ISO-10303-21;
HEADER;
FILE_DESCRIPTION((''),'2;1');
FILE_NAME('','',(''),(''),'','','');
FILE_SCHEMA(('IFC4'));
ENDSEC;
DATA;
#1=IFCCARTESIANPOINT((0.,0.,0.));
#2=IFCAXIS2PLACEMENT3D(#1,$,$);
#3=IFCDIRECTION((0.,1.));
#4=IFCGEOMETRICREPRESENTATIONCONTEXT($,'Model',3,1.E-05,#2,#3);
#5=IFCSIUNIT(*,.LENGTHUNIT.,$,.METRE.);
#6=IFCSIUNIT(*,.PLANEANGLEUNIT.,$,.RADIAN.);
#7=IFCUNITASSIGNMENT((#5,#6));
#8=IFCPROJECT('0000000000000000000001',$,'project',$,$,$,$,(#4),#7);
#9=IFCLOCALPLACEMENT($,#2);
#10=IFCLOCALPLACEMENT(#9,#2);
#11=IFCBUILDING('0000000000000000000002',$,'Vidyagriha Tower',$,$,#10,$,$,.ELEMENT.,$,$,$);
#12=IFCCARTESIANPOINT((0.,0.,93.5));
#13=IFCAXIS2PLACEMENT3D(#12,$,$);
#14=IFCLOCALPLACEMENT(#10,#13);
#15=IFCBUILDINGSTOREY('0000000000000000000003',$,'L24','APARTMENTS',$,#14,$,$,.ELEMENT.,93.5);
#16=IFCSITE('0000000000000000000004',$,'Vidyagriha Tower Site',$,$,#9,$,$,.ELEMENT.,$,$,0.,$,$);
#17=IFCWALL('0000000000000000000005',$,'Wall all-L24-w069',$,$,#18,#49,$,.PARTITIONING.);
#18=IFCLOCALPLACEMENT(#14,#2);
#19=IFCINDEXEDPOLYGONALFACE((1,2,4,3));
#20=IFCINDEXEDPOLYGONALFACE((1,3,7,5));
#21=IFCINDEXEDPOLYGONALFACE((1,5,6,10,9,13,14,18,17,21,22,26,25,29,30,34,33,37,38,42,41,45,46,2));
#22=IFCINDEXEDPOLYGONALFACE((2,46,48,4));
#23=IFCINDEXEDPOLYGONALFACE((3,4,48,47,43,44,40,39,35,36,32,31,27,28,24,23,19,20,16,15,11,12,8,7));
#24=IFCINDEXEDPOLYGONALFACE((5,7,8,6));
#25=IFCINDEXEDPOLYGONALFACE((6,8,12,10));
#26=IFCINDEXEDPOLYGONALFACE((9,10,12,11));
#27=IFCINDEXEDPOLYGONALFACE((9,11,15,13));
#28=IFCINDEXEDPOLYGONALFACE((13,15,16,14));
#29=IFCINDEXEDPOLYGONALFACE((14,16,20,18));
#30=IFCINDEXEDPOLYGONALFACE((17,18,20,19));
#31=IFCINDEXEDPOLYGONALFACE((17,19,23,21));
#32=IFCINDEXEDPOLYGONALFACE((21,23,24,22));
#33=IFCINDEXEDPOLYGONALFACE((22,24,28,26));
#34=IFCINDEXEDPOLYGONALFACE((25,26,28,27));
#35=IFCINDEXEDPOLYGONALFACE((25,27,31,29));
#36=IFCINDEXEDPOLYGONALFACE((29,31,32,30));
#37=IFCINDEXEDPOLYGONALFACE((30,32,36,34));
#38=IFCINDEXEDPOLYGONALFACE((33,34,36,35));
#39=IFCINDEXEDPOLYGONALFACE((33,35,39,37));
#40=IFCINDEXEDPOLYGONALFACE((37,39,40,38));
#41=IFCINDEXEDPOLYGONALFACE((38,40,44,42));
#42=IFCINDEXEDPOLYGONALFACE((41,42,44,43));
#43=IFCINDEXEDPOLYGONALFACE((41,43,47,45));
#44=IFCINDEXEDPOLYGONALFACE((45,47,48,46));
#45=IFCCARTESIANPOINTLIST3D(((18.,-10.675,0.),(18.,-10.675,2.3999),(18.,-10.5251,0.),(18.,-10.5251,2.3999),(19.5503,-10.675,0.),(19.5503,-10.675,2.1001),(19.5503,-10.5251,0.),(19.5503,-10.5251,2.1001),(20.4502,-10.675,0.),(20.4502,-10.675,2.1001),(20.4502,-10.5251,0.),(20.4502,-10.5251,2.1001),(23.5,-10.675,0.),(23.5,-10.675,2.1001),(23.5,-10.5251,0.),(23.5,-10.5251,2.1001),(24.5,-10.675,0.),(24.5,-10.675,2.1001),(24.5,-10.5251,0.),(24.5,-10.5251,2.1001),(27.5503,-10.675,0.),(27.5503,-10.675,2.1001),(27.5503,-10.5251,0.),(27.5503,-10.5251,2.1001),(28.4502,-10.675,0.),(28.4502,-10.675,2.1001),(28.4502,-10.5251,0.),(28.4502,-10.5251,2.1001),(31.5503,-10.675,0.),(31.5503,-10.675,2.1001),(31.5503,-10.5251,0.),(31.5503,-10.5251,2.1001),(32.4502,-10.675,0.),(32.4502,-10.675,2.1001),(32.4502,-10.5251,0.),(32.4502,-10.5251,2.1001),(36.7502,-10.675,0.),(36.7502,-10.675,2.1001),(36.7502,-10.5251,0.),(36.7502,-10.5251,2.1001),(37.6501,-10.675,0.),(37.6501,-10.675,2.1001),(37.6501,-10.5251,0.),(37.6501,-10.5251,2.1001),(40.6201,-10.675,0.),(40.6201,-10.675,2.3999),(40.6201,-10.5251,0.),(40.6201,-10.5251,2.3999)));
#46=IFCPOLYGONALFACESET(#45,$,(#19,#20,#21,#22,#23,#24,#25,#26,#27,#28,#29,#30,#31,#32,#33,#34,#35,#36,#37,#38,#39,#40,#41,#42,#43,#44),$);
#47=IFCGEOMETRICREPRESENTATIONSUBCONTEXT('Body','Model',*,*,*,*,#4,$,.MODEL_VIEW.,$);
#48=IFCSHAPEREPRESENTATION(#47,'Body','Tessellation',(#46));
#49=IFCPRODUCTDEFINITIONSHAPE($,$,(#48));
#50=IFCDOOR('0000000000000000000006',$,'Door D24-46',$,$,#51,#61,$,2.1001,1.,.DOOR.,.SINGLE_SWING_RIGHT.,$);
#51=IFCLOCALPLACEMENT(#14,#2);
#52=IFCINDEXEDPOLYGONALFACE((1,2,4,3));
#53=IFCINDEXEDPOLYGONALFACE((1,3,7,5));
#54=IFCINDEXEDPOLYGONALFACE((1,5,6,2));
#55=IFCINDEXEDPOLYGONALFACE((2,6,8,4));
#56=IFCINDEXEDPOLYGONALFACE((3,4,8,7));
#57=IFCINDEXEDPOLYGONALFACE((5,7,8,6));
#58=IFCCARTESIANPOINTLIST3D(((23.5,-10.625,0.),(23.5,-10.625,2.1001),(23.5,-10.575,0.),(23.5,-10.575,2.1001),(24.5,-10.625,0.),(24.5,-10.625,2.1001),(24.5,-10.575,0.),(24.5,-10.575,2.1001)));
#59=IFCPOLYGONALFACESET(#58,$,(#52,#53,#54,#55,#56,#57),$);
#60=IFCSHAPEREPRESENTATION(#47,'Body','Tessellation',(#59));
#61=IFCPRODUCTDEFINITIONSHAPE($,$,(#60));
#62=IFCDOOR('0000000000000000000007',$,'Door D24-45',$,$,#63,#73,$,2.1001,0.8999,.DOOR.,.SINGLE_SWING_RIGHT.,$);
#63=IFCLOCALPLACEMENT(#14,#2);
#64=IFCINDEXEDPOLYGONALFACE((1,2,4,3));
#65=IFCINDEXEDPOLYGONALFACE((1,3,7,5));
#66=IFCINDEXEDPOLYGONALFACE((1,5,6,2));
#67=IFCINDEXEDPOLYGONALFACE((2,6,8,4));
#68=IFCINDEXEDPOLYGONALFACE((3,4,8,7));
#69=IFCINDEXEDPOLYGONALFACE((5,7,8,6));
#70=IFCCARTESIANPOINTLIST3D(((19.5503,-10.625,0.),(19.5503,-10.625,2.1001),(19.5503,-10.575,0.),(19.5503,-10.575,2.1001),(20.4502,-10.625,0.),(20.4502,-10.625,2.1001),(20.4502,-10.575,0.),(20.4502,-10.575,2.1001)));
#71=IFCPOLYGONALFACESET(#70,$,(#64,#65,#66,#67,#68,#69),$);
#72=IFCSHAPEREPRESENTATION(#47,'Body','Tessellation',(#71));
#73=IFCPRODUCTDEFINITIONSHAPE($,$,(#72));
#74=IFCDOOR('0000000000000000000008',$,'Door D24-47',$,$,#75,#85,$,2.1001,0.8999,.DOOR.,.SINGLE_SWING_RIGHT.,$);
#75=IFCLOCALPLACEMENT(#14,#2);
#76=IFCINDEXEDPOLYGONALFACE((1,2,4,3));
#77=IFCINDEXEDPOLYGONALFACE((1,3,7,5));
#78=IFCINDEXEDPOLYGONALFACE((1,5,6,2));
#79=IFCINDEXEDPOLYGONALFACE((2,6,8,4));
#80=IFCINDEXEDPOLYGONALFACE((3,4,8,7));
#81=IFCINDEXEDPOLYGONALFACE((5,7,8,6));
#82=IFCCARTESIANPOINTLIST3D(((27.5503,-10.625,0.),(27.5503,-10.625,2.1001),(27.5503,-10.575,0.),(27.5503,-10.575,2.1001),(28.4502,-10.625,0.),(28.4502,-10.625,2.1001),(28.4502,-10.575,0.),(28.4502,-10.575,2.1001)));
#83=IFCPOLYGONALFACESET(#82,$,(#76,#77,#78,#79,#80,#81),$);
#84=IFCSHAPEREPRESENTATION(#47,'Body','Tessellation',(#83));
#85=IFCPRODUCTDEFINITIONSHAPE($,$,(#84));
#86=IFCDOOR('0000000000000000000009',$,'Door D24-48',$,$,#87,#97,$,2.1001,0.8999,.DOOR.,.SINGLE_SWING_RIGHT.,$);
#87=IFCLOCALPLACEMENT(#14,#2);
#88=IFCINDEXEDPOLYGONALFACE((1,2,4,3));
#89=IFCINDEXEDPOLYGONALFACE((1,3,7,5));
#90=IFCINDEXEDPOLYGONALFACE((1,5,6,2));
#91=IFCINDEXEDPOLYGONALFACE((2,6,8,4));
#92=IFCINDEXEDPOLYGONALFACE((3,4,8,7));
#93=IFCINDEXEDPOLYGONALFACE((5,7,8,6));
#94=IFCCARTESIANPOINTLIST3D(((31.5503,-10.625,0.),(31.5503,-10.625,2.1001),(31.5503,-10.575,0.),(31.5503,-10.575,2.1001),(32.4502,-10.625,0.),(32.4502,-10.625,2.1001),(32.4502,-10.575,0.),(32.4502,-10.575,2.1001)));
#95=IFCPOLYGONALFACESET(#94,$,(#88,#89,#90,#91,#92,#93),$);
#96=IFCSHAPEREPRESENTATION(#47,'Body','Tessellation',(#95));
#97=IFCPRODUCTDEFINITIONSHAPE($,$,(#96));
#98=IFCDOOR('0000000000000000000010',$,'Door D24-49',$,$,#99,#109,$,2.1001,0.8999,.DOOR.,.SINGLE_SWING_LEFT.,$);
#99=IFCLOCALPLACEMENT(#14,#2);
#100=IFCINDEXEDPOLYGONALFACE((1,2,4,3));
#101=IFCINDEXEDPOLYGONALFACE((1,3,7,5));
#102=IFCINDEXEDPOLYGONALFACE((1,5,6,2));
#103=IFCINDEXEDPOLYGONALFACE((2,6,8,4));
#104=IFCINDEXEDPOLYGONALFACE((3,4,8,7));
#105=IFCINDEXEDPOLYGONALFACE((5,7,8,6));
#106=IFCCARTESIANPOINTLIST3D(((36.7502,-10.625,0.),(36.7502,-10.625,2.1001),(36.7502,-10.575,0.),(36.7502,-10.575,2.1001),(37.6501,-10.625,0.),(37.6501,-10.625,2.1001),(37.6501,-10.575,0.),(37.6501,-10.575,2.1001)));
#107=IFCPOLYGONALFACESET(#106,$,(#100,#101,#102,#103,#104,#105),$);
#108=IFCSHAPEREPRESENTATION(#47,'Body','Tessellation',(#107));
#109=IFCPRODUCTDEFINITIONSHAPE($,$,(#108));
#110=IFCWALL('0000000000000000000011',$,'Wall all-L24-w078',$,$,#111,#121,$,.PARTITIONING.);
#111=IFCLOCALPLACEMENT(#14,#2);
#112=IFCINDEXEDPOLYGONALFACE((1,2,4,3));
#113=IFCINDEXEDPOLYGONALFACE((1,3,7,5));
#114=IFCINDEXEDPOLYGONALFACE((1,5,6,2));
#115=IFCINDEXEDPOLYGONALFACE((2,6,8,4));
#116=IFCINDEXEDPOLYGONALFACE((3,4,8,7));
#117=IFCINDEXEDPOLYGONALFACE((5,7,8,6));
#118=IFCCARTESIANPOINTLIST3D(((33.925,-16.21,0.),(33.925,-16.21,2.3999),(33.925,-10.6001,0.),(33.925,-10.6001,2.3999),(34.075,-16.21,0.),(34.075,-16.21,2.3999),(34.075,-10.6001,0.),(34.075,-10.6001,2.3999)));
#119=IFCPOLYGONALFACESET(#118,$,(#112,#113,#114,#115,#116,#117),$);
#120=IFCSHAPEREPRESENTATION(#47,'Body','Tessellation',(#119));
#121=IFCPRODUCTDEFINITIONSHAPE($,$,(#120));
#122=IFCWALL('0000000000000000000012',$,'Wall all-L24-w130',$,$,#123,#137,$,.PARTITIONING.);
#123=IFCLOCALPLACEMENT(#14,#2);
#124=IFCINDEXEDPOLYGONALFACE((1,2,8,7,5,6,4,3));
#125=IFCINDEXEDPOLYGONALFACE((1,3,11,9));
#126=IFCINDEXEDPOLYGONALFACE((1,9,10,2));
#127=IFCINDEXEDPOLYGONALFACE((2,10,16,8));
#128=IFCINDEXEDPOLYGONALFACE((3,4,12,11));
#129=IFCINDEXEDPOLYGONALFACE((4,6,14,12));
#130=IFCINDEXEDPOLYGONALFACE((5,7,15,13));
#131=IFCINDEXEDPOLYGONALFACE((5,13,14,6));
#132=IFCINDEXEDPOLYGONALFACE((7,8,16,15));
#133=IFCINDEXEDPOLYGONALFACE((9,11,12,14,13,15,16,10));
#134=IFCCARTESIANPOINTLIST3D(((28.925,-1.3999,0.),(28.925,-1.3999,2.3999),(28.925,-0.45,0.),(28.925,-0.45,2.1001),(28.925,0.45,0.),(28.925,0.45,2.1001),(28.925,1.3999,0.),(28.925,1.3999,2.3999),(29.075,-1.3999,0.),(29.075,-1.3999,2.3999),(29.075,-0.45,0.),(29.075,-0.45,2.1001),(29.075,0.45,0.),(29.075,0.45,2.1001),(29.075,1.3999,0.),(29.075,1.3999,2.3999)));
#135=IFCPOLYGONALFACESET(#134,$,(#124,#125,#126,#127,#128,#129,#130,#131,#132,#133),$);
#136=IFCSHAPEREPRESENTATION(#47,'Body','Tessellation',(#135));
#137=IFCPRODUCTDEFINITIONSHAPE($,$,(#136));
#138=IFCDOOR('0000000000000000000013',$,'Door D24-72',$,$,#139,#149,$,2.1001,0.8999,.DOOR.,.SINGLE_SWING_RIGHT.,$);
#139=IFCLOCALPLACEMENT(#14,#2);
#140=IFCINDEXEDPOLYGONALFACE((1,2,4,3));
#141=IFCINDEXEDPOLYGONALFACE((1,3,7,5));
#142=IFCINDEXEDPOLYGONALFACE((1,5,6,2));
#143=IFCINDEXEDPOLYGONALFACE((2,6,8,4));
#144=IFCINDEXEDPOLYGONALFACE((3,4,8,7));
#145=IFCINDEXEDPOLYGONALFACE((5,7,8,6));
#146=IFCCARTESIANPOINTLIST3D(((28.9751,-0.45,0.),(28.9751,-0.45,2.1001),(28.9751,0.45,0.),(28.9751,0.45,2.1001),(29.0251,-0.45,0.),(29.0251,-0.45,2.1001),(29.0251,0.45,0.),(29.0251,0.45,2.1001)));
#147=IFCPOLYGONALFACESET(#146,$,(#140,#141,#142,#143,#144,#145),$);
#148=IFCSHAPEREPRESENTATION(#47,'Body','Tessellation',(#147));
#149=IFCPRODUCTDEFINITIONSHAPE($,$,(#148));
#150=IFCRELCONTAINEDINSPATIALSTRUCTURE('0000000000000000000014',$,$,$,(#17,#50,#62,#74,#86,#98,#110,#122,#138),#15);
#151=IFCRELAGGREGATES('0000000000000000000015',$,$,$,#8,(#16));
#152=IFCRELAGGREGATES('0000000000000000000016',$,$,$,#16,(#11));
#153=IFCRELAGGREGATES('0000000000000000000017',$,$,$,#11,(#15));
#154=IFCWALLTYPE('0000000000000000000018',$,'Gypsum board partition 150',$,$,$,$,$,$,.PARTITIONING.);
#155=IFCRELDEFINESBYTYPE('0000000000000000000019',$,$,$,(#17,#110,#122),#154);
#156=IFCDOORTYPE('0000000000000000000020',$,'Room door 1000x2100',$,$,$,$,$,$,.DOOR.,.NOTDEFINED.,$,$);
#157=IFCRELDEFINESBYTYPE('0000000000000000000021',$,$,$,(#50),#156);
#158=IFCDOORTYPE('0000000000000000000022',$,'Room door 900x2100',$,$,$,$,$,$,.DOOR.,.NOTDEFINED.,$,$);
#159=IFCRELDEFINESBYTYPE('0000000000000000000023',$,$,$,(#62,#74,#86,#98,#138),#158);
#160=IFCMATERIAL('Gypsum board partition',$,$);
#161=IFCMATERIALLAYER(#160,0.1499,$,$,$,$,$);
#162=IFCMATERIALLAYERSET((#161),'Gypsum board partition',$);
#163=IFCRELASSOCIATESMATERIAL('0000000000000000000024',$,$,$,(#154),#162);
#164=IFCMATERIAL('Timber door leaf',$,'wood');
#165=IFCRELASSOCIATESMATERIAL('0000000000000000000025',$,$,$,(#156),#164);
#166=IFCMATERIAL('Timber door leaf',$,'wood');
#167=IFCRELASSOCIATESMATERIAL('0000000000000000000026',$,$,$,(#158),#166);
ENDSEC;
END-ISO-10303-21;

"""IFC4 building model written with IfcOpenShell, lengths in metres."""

from ifc_helpers import new_model, si_unit, direction, frame, frame_2d, origin, place, context, subcontext, project, spatial, rectangle, extrude, material, layer, layer_set, type_object, element, fill, save


model = new_model("IFC4")

# Units and contexts
model_context = context("Model", 3, precision=1e-05, world=origin(), true_north=direction((0.0, 1.0)))
body_context = subcontext(model_context, "Body", "Model", "MODEL_VIEW")
ifc_project = project(units=[si_unit("LENGTHUNIT", "METRE"), si_unit("PLANEANGLEUNIT", "RADIAN")], contexts=[model_context])

# Site, building, storey
site_placement = place(None, origin())
site = spatial("IfcSite", under=ifc_project, at=site_placement, Name="Vidyagriha Tower Site", CompositionType="ELEMENT", RefElevation=0.0)
building_placement = place(site_placement, origin())
building = spatial("IfcBuilding", under=site, at=building_placement, Name="Vidyagriha Tower", CompositionType="ELEMENT")
storey_placement = place(building_placement, frame((0.0, 0.0, 93.5)))
storey = spatial("IfcBuildingStorey", under=building, at=storey_placement, Name="L24", Description="APARTMENTS", CompositionType="ELEMENT", Elevation=93.5)

# Shared definitions
ifc_material_1 = material(Name="Gypsum board partition")
ifc_layer_1 = layer(ifc_material_1, 0.1499)
ifc_layer_set_1 = layer_set([ifc_layer_1], Name="Gypsum board partition")
wall_type_1 = type_object("IfcWallType", Name="Gypsum board partition 150", PredefinedType="PARTITIONING", material=ifc_layer_set_1)

# Wall, openings, doors
wall_1_placement = place(storey_placement, frame((40.6201, -10.6001, 0.0), z_axis=(0.0, 0.0, 1.0), x_axis=(-1.0, 0.0, 0.0)))
wall_1 = element("IfcWall", 1, at=wall_1_placement, inside=storey, type_object=wall_type_1, Name="Wall all-L24-w069", PredefinedType="PARTITIONING", context=body_context, shape_type="SweptSolid", body=[
    extrude(rectangle(XDim=22.6201, YDim=0.1499, at=frame_2d((11.3101, 0.0))), origin(), (0.0, 0.0, 1.0), 2.3999),
])
opening_1_placement = place(wall_1_placement, frame((20.1699, 0.0, 0.0)))
opening_1 = element("IfcOpeningElement", 2, at=opening_1_placement, cuts=wall_1, PredefinedType="OPENING", context=body_context, shape_type="SweptSolid", body=[
    extrude(rectangle(XDim=0.8999, YDim=2.1001, at=frame_2d((0.45, 1.05))), frame((0.0, 0.085, 0.0), z_axis=(0.0, -1.0, 0.0), x_axis=(1.0, 0.0, 0.0)), (0.0, 0.0, 1.0), 0.1699),
])
opening_2_placement = place(wall_1_placement, frame((16.1201, 0.0, 0.0)))
opening_2 = element("IfcOpeningElement", 3, at=opening_2_placement, cuts=wall_1, PredefinedType="OPENING", context=body_context, shape_type="SweptSolid", body=[
    extrude(rectangle(XDim=1.0, YDim=2.1001, at=frame_2d((0.5, 1.05))), frame((0.0, 0.085, 0.0), z_axis=(0.0, -1.0, 0.0), x_axis=(1.0, 0.0, 0.0)), (0.0, 0.0, 1.0), 0.1699),
])
opening_3_placement = place(wall_1_placement, frame((12.1699, 0.0, 0.0)))
opening_3 = element("IfcOpeningElement", 4, at=opening_3_placement, cuts=wall_1, PredefinedType="OPENING", context=body_context, shape_type="SweptSolid", body=[
    extrude(rectangle(XDim=0.8999, YDim=2.1001, at=frame_2d((0.45, 1.05))), frame((0.0, 0.085, 0.0), z_axis=(0.0, -1.0, 0.0), x_axis=(1.0, 0.0, 0.0)), (0.0, 0.0, 1.0), 0.1699),
])
opening_4_placement = place(wall_1_placement, frame((8.1699, 0.0, 0.0)))
opening_4 = element("IfcOpeningElement", 5, at=opening_4_placement, cuts=wall_1, PredefinedType="OPENING", context=body_context, shape_type="SweptSolid", body=[
    extrude(rectangle(XDim=0.8999, YDim=2.1001, at=frame_2d((0.45, 1.05))), frame((0.0, 0.085, 0.0), z_axis=(0.0, -1.0, 0.0), x_axis=(1.0, 0.0, 0.0)), (0.0, 0.0, 1.0), 0.1699),
])
opening_5_placement = place(wall_1_placement, frame((2.97, 0.0, 0.0)))
opening_5 = element("IfcOpeningElement", 6, at=opening_5_placement, cuts=wall_1, PredefinedType="OPENING", context=body_context, shape_type="SweptSolid", body=[
    extrude(rectangle(XDim=0.8999, YDim=2.1001, at=frame_2d((0.45, 1.05))), frame((0.0, 0.085, 0.0), z_axis=(0.0, -1.0, 0.0), x_axis=(1.0, 0.0, 0.0)), (0.0, 0.0, 1.0), 0.1699),
])
ifc_material_2 = material(Name="Timber door leaf", Category="wood")
door_type_1 = type_object("IfcDoorType", Name="Room door 1000x2100", OperationType="NOTDEFINED", PredefinedType="DOOR", material=ifc_material_2)
door_1_placement = place(opening_2_placement, origin())
door_1 = element("IfcDoor", 7, at=door_1_placement, inside=storey, type_object=door_type_1, Name="Door D24-46", OperationType="SINGLE_SWING_RIGHT", OverallHeight=2.1001, OverallWidth=1.0, PredefinedType="DOOR", context=body_context, shape_type="SweptSolid", body=[
    extrude(rectangle(XDim=1.0, YDim=2.1001, at=frame_2d((0.5, 1.05))), frame((0.0, 0.0249, 0.0), z_axis=(0.0, -1.0, 0.0), x_axis=(1.0, 0.0, 0.0)), (0.0, 0.0, 1.0), 0.05),
])
fill(opening_2, door_1)
ifc_material_3 = material(Name="Timber door leaf", Category="wood")
door_type_2 = type_object("IfcDoorType", Name="Room door 900x2100", OperationType="NOTDEFINED", PredefinedType="DOOR", material=ifc_material_3)
door_2_placement = place(opening_1_placement, origin())
door_2 = element("IfcDoor", 8, at=door_2_placement, inside=storey, type_object=door_type_2, Name="Door D24-45", OperationType="SINGLE_SWING_RIGHT", OverallHeight=2.1001, OverallWidth=0.8999, PredefinedType="DOOR", context=body_context, shape_type="SweptSolid", body=[
    extrude(rectangle(XDim=0.8999, YDim=2.1001, at=frame_2d((0.45, 1.05))), frame((0.0, 0.0249, 0.0), z_axis=(0.0, -1.0, 0.0), x_axis=(1.0, 0.0, 0.0)), (0.0, 0.0, 1.0), 0.05),
])
fill(opening_1, door_2)
door_3_placement = place(opening_3_placement, origin())
door_3 = element("IfcDoor", 9, at=door_3_placement, inside=storey, type_object=door_type_2, Name="Door D24-47", OperationType="SINGLE_SWING_RIGHT", OverallHeight=2.1001, OverallWidth=0.8999, PredefinedType="DOOR", context=body_context, shape_type="SweptSolid", body=[
    extrude(rectangle(XDim=0.8999, YDim=2.1001, at=frame_2d((0.45, 1.05))), frame((0.0, 0.0249, 0.0), z_axis=(0.0, -1.0, 0.0), x_axis=(1.0, 0.0, 0.0)), (0.0, 0.0, 1.0), 0.05),
])
fill(opening_3, door_3)
door_4_placement = place(opening_4_placement, origin())
door_4 = element("IfcDoor", 10, at=door_4_placement, inside=storey, type_object=door_type_2, Name="Door D24-48", OperationType="SINGLE_SWING_RIGHT", OverallHeight=2.1001, OverallWidth=0.8999, PredefinedType="DOOR", context=body_context, shape_type="SweptSolid", body=[
    extrude(rectangle(XDim=0.8999, YDim=2.1001, at=frame_2d((0.45, 1.05))), frame((0.0, 0.0249, 0.0), z_axis=(0.0, -1.0, 0.0), x_axis=(1.0, 0.0, 0.0)), (0.0, 0.0, 1.0), 0.05),
])
fill(opening_4, door_4)
door_5_placement = place(opening_5_placement, origin())
door_5 = element("IfcDoor", 11, at=door_5_placement, inside=storey, type_object=door_type_2, Name="Door D24-49", OperationType="SINGLE_SWING_LEFT", OverallHeight=2.1001, OverallWidth=0.8999, PredefinedType="DOOR", context=body_context, shape_type="SweptSolid", body=[
    extrude(rectangle(XDim=0.8999, YDim=2.1001, at=frame_2d((0.45, 1.05))), frame((0.0, 0.0249, 0.0), z_axis=(0.0, -1.0, 0.0), x_axis=(1.0, 0.0, 0.0)), (0.0, 0.0, 1.0), 0.05),
])
fill(opening_5, door_5)

# Wall
wall_2_placement = place(storey_placement, frame((34.0, -10.6001, 0.0), z_axis=(0.0, 0.0, 1.0), x_axis=(0.0, -1.0, 0.0)))
element("IfcWall", 12, at=wall_2_placement, inside=storey, type_object=wall_type_1, Name="Wall all-L24-w078", PredefinedType="PARTITIONING", context=body_context, shape_type="SweptSolid", body=[
    extrude(rectangle(XDim=5.6099, YDim=0.1499, at=frame_2d((2.8049, 0.0))), origin(), (0.0, 0.0, 1.0), 2.3999),
])

# Wall, opening, door
wall_3_placement = place(storey_placement, frame((29.0, -1.3999, 0.0), z_axis=(0.0, 0.0, 1.0), x_axis=(0.0, 1.0, 0.0)))
wall_3 = element("IfcWall", 13, at=wall_3_placement, inside=storey, type_object=wall_type_1, Name="Wall all-L24-w130", PredefinedType="PARTITIONING", context=body_context, shape_type="SweptSolid", body=[
    extrude(rectangle(XDim=2.7998, YDim=0.1499, at=frame_2d((1.3999, 0.0))), origin(), (0.0, 0.0, 1.0), 2.3999),
])
opening_6_placement = place(wall_3_placement, frame((0.95, 0.0, 0.0)))
opening_6 = element("IfcOpeningElement", 14, at=opening_6_placement, cuts=wall_3, PredefinedType="OPENING", context=body_context, shape_type="SweptSolid", body=[
    extrude(rectangle(XDim=0.8999, YDim=2.1001, at=frame_2d((0.45, 1.05))), frame((0.0, 0.085, 0.0), z_axis=(0.0, -1.0, 0.0), x_axis=(1.0, 0.0, 0.0)), (0.0, 0.0, 1.0), 0.1699),
])
door_6_placement = place(opening_6_placement, origin())
door_6 = element("IfcDoor", 15, at=door_6_placement, inside=storey, type_object=door_type_2, Name="Door D24-72", OperationType="SINGLE_SWING_RIGHT", OverallHeight=2.1001, OverallWidth=0.8999, PredefinedType="DOOR", context=body_context, shape_type="SweptSolid", body=[
    extrude(rectangle(XDim=0.8999, YDim=2.1001, at=frame_2d((0.45, 1.05))), frame((0.0, 0.0249, 0.0), z_axis=(0.0, -1.0, 0.0), x_axis=(1.0, 0.0, 0.0)), (0.0, 0.0, 1.0), 0.05),
])
fill(opening_6, door_6)

save(model, "model.ifc")
